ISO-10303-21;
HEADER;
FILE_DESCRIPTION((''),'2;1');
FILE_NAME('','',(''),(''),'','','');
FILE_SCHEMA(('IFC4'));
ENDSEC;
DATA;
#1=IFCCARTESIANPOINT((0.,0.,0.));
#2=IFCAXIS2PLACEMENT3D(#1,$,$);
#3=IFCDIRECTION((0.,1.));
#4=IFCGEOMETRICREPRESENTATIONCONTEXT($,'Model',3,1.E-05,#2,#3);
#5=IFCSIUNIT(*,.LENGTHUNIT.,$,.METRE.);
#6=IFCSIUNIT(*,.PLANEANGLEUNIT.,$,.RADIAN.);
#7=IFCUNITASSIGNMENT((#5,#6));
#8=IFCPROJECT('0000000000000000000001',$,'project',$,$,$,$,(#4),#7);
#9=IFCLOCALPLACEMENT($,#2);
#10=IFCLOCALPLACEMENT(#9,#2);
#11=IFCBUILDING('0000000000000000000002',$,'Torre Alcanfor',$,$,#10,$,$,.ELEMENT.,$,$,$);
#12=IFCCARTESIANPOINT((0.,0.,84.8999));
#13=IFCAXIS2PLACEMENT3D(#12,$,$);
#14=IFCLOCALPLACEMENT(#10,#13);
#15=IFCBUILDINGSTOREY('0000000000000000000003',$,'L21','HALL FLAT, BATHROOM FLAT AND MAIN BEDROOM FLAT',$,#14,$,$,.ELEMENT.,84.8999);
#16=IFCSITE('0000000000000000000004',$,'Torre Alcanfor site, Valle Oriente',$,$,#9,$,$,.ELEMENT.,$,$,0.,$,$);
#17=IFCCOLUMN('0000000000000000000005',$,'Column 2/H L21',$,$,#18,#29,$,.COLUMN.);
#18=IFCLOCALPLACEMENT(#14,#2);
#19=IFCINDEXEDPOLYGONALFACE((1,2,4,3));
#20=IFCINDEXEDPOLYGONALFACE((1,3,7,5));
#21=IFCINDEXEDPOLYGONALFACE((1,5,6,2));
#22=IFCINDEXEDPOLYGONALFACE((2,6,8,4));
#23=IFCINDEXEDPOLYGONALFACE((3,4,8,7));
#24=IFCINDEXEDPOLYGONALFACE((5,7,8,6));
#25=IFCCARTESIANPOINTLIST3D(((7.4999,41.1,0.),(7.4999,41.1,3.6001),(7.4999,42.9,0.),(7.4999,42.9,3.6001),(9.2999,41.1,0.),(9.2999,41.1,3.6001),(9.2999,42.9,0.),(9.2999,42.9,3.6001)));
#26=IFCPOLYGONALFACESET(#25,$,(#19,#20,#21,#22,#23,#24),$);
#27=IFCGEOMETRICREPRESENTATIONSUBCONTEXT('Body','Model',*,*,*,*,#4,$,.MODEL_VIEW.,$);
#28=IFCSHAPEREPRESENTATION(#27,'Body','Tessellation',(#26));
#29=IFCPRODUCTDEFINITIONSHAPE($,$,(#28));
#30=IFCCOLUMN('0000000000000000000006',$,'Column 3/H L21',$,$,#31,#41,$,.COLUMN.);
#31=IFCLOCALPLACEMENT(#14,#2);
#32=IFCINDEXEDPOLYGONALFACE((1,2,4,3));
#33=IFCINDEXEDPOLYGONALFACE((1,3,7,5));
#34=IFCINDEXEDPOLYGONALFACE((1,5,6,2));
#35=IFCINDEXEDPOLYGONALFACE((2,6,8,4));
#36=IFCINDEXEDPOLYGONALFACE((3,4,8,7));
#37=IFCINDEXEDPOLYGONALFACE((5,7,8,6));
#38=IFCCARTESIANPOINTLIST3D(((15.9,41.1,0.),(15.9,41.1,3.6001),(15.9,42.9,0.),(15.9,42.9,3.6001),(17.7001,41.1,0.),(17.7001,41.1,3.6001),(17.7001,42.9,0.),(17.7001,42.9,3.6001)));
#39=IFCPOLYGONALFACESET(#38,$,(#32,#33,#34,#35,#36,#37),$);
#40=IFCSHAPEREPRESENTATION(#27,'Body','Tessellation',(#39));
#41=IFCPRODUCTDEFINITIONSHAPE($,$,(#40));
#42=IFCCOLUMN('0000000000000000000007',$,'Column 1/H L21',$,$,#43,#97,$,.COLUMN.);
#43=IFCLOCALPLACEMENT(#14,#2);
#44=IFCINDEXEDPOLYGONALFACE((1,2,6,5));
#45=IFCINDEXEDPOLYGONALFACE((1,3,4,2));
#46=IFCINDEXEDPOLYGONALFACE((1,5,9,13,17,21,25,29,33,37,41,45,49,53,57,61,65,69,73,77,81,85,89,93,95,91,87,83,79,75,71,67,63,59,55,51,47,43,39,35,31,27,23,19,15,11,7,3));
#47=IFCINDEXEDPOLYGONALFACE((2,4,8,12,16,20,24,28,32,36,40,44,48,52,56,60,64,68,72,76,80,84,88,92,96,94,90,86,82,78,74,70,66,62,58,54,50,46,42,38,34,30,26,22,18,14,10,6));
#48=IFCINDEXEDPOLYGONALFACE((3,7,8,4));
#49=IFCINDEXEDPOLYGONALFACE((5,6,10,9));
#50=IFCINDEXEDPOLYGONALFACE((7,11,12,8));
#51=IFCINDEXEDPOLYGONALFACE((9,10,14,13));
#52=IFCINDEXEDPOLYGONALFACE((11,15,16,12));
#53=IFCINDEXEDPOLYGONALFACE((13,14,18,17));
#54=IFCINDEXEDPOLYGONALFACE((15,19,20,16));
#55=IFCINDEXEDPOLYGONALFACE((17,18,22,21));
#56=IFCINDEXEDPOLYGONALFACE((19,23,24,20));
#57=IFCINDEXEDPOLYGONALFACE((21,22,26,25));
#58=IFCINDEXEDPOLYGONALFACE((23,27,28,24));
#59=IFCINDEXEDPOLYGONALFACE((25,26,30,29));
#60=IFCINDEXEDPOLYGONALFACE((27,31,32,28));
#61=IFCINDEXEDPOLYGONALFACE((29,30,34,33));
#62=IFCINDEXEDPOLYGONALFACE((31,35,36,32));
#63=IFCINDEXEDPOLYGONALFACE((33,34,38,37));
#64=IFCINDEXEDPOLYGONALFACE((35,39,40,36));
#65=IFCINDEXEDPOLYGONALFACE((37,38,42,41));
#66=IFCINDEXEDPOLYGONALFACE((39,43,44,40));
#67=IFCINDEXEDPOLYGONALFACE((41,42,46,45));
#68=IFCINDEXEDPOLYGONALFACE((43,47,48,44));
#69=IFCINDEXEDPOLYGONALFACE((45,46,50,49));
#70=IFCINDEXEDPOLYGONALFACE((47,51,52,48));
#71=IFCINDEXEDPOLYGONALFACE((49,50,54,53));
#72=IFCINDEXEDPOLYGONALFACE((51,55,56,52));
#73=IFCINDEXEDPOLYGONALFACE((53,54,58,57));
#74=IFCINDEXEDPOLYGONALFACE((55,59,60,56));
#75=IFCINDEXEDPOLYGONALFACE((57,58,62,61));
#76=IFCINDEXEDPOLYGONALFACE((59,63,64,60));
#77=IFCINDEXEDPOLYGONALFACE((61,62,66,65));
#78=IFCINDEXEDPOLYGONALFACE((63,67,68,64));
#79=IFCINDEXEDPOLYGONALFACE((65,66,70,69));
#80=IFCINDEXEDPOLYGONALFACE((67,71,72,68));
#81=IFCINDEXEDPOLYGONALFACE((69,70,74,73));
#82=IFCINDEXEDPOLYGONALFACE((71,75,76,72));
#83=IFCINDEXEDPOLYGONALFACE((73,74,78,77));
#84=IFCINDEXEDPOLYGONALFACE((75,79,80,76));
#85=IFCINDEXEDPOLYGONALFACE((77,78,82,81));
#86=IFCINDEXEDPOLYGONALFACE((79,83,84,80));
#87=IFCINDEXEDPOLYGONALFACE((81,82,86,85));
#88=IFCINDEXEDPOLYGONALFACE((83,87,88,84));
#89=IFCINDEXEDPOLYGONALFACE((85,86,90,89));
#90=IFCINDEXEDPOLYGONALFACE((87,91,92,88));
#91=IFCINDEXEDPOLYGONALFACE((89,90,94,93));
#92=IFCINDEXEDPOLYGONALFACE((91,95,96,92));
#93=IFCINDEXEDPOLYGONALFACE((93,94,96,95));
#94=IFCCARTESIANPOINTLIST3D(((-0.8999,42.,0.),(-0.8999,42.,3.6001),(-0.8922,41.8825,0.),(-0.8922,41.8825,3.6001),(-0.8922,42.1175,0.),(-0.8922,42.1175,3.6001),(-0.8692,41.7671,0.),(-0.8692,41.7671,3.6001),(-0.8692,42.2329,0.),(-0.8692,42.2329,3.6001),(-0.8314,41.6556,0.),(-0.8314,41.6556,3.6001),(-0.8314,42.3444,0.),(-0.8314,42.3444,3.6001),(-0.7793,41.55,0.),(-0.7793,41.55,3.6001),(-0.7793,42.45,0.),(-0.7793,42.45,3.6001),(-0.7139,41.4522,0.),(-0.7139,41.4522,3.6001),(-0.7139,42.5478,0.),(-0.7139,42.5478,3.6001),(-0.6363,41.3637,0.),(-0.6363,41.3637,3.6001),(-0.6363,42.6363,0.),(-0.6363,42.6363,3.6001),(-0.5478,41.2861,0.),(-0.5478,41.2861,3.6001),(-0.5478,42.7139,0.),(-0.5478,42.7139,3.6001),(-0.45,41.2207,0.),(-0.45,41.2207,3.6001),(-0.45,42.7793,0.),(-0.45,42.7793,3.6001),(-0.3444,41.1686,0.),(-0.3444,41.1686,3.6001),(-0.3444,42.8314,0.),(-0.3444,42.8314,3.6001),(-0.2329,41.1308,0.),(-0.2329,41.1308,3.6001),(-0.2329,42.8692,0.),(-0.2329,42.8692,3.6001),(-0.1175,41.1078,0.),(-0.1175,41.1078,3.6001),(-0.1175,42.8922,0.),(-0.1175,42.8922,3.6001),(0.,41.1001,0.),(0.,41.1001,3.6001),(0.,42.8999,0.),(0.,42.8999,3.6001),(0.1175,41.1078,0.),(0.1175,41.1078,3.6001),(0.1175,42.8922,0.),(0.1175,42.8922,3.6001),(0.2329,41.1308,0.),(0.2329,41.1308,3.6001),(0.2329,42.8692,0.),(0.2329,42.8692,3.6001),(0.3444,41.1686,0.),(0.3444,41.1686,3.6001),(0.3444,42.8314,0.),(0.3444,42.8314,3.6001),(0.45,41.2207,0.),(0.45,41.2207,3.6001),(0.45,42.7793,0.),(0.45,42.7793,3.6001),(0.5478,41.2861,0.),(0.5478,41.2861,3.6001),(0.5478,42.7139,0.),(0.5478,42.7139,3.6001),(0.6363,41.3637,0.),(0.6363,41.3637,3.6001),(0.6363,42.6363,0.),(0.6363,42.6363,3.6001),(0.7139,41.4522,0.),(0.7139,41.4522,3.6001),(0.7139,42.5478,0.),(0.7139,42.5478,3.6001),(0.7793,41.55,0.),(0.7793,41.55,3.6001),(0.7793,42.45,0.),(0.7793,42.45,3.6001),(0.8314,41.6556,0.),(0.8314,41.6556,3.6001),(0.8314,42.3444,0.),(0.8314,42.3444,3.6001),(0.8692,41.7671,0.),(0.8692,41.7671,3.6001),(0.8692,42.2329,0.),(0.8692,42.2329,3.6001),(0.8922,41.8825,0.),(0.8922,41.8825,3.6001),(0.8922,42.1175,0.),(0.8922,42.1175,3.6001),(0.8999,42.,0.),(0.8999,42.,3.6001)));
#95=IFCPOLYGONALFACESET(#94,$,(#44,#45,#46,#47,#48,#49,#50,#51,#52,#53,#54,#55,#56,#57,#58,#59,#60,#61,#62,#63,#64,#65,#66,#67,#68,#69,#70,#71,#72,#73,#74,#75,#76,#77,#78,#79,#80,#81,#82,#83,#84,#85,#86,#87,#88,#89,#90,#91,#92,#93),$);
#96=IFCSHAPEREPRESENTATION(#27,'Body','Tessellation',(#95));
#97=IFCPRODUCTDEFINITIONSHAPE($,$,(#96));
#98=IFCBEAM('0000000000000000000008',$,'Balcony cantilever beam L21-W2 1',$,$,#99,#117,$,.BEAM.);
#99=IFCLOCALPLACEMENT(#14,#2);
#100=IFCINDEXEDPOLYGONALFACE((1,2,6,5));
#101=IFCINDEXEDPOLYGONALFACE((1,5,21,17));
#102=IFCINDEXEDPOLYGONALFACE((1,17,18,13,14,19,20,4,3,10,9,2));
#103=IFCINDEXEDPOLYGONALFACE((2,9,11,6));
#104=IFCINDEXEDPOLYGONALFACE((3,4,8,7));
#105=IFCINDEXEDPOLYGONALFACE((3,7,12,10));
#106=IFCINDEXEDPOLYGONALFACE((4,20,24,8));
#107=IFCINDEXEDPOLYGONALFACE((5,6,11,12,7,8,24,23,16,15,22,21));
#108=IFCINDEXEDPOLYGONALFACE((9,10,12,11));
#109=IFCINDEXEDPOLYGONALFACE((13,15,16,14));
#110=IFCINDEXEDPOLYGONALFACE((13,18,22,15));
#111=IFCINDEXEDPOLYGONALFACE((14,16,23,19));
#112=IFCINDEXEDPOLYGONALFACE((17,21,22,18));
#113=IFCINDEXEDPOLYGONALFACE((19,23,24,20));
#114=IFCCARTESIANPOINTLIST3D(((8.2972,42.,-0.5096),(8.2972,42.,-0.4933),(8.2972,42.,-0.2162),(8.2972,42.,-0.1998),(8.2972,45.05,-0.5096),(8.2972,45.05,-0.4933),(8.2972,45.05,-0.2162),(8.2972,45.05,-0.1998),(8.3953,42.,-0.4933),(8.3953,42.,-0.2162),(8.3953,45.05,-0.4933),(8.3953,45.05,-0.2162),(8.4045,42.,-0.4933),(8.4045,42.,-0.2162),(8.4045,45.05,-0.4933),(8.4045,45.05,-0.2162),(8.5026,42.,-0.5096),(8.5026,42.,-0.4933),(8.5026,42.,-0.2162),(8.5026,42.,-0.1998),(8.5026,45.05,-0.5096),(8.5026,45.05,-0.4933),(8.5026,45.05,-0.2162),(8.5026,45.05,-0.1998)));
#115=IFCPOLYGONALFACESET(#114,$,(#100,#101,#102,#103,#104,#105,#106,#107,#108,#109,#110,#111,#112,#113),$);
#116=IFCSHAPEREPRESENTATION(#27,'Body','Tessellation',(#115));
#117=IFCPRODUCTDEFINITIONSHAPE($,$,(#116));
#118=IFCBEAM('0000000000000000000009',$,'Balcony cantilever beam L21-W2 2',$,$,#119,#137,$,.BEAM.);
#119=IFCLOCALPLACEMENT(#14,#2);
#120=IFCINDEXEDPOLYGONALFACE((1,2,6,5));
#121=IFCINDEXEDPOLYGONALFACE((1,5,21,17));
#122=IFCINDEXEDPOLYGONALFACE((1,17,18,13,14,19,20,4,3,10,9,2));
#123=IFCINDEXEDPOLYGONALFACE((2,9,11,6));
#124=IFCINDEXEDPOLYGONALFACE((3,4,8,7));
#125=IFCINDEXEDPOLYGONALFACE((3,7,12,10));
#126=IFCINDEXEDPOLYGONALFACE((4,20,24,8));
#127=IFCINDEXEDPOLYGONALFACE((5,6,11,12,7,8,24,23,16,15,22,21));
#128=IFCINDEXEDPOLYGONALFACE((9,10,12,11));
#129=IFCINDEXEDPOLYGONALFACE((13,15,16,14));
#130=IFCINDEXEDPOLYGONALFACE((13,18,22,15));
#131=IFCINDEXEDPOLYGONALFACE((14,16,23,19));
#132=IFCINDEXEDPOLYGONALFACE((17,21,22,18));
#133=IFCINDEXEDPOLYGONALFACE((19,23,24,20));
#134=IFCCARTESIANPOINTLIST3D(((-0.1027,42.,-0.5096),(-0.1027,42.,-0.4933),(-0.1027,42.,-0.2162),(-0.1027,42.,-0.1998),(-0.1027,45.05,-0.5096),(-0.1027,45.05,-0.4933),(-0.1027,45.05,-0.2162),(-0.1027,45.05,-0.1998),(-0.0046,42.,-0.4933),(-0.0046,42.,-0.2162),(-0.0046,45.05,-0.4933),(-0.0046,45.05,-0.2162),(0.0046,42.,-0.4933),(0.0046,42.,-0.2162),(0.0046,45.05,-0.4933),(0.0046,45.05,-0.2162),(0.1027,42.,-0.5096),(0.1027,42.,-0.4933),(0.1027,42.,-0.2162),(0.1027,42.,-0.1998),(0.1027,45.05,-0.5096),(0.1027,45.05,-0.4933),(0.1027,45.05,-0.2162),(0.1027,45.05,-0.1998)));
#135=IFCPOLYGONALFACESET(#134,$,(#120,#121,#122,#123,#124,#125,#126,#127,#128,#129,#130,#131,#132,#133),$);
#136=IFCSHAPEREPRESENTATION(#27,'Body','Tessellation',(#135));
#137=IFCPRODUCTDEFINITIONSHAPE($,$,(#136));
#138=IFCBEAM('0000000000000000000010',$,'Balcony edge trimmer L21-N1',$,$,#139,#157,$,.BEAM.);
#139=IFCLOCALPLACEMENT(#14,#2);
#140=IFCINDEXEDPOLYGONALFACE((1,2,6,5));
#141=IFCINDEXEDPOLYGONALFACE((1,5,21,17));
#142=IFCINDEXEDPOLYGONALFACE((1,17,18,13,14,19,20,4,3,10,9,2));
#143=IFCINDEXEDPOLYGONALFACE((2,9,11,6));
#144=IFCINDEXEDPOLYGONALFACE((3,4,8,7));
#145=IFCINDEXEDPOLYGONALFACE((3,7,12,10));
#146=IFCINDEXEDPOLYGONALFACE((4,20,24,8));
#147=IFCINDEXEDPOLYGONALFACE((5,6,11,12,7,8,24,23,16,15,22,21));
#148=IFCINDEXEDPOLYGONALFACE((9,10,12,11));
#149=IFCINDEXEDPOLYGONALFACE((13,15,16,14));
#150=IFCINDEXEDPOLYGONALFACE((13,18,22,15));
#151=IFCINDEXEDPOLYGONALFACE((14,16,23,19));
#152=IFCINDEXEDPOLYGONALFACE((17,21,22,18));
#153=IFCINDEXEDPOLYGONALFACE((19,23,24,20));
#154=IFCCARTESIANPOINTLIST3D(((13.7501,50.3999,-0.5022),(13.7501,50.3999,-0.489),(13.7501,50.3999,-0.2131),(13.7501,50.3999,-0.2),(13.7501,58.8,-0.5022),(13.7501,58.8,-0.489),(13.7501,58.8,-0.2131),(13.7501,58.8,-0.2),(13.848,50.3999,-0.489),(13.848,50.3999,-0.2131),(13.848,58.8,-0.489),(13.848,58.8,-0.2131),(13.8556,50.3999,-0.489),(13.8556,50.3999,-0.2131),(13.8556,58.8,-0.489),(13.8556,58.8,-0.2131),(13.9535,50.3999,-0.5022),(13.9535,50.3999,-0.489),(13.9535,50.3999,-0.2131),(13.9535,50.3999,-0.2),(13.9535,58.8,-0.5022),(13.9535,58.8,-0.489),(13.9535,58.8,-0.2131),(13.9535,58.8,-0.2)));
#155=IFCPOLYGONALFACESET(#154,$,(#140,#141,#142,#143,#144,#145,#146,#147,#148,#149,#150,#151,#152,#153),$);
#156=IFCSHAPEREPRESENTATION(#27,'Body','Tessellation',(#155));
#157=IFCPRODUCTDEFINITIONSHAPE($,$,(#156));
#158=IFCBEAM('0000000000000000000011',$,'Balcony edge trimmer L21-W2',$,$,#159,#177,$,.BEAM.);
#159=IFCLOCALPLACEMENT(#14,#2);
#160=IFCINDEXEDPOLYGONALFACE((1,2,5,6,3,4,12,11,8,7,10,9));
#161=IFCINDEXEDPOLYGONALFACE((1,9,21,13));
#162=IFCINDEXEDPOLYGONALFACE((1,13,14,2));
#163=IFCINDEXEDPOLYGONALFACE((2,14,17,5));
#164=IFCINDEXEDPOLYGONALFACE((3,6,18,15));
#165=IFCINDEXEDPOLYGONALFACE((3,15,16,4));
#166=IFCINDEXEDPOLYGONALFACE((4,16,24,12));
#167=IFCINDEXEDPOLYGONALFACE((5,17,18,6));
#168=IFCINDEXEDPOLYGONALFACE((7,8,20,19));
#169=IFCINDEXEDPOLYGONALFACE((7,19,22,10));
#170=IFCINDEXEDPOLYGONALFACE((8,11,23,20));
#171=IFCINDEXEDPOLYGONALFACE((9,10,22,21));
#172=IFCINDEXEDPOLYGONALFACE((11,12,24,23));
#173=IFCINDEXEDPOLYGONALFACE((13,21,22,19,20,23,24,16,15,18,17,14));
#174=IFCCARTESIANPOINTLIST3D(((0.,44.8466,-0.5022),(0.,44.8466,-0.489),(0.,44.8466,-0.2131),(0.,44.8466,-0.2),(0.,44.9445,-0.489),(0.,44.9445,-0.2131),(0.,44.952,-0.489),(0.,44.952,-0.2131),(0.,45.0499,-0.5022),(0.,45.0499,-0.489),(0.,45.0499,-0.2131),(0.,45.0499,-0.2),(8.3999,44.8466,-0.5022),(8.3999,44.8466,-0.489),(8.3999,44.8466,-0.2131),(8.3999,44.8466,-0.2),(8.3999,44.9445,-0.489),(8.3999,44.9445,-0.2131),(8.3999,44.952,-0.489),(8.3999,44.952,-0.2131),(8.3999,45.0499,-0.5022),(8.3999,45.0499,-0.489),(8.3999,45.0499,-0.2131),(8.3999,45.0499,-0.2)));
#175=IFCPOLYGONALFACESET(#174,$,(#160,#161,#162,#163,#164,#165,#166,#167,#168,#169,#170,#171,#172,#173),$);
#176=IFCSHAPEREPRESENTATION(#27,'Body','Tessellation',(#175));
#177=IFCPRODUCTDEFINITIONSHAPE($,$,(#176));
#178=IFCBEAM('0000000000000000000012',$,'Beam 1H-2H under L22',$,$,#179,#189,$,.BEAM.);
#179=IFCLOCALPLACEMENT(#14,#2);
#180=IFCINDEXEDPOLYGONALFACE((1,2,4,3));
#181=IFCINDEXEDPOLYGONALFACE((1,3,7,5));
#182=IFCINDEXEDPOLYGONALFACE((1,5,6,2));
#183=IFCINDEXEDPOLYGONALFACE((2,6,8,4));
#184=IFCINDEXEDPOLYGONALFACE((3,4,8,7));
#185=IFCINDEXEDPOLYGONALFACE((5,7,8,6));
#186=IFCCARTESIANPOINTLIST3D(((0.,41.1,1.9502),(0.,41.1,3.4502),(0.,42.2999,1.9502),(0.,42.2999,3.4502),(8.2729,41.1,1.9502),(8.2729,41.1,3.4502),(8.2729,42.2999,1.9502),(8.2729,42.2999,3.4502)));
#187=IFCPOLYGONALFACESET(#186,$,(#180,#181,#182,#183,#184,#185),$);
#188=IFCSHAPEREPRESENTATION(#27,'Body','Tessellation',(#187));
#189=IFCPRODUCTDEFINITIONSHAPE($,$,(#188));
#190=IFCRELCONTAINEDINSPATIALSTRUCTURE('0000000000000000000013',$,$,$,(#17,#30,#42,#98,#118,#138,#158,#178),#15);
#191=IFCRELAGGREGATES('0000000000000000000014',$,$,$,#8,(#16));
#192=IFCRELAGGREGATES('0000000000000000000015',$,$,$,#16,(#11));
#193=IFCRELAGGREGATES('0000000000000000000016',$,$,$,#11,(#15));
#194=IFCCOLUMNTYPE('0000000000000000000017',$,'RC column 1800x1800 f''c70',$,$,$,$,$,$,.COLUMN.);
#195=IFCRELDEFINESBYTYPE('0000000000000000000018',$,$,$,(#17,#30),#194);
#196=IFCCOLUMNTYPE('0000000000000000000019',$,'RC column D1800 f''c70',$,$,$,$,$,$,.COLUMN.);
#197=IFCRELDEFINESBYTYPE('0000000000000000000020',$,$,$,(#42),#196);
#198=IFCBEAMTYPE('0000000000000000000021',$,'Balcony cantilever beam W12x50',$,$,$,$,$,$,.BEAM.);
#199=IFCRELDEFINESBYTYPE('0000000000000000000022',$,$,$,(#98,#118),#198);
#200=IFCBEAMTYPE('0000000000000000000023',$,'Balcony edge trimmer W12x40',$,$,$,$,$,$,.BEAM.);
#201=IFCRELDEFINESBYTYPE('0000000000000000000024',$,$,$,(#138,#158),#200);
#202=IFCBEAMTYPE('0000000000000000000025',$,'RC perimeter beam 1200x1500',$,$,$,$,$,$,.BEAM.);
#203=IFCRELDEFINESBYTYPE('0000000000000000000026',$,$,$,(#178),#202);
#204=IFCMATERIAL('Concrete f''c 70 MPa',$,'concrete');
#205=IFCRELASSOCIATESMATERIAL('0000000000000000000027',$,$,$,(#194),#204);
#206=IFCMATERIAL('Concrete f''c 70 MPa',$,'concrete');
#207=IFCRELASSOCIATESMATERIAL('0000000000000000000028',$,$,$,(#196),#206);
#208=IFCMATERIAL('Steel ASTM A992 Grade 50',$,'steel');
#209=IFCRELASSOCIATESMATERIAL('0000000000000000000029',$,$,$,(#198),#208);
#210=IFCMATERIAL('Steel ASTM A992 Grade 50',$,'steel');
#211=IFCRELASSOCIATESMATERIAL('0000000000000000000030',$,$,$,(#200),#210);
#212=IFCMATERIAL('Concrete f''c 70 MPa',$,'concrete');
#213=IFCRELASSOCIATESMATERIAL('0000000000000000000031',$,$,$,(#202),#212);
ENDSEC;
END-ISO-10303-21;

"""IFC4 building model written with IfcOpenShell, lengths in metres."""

from ifc_helpers import new_model, si_unit, direction, frame, origin, origin_2d, place, context, subcontext, project, spatial, rectangle, circle, i_section, extrude, material, material_profile, profile_set, type_object, element, save


model = new_model("IFC4")

# Units and contexts
model_context = context("Model", 3, precision=1e-05, world=origin(), true_north=direction((0.0, 1.0)))
body_context = subcontext(model_context, "Body", "Model", "MODEL_VIEW")
ifc_project = project(units=[si_unit("LENGTHUNIT", "METRE"), si_unit("PLANEANGLEUNIT", "RADIAN")], contexts=[model_context])

# Site, building, storey
site_placement = place(None, origin())
site = spatial("IfcSite", under=ifc_project, at=site_placement, Name="Torre Alcanfor site, Valle Oriente", CompositionType="ELEMENT", RefElevation=0.0)
building_placement = place(site_placement, origin())
building = spatial("IfcBuilding", under=site, at=building_placement, Name="Torre Alcanfor", CompositionType="ELEMENT")
storey_placement = place(building_placement, frame((0.0, 0.0, 84.8999)))
storey = spatial("IfcBuildingStorey", under=building, at=storey_placement, Name="L21", Description="HALL FLAT, BATHROOM FLAT AND MAIN BEDROOM FLAT", CompositionType="ELEMENT", Elevation=84.8999)

# Columns
ifc_material_1 = material(Name="Concrete f'c 70 MPa", Category="concrete")
ifc_material_profile_1 = material_profile(ifc_material_1, rectangle(XDim=1.8, YDim=1.8, at=origin_2d()), Name="1800x1800")
ifc_profile_set_1 = profile_set([ifc_material_profile_1], Name="Concrete f'c 70 MPa")
column_type_1 = type_object("IfcColumnType", Name="RC column 1800x1800 f'c70", PredefinedType="COLUMN", material=ifc_profile_set_1)
for number, where, z_axis, x_axis, name in (
    (1, (8.3999, 42.0, 0.0), (0.0, 0.0, 1.0), (1.0, 0.0, 0.0), "Column 2/H L21"),
    (2, (16.8, 42.0, 0.0), (0.0, 0.0, 1.0), (1.0, 0.0, 0.0), "Column 3/H L21"),
):
    element("IfcColumn", number, at=place(storey_placement, frame(where, z_axis=z_axis, x_axis=x_axis)), inside=storey, type_object=column_type_1, Name=name, PredefinedType="COLUMN", context=body_context, shape_type="SweptSolid", body=[
        extrude(rectangle(XDim=1.8, YDim=1.8, at=origin_2d()), origin(), (0.0, 0.0, 1.0), 3.6001),
    ])
ifc_material_2 = material(Name="Concrete f'c 70 MPa", Category="concrete")
ifc_material_profile_2 = material_profile(ifc_material_2, circle(Radius=0.8999, at=origin_2d()), Name="D1800")
ifc_profile_set_2 = profile_set([ifc_material_profile_2], Name="Concrete f'c 70 MPa")
column_type_2 = type_object("IfcColumnType", Name="RC column D1800 f'c70", PredefinedType="COLUMN", material=ifc_profile_set_2)
column_placement = place(storey_placement, frame((0.0, 42.0, 0.0), z_axis=(0.0, 0.0, 1.0), x_axis=(1.0, 0.0, 0.0)))
element("IfcColumn", 3, at=column_placement, inside=storey, type_object=column_type_2, Name="Column 1/H L21", PredefinedType="COLUMN", context=body_context, shape_type="SweptSolid", body=[
    extrude(circle(Radius=0.8999, at=origin_2d()), origin(), (0.0, 0.0, 1.0), 3.6001),
])

# Beams
ifc_material_3 = material(Name="Steel ASTM A992 Grade 50", Category="steel")
ifc_material_profile_3 = material_profile(ifc_material_3, i_section(OverallWidth=0.2053, OverallDepth=0.3098, WebThickness=0.0093, FlangeThickness=0.0164, at=origin_2d()), Name="W12x50")
ifc_profile_set_3 = profile_set([ifc_material_profile_3], Name="Steel ASTM A992 Grade 50")
beam_type_1 = type_object("IfcBeamType", Name="Balcony cantilever beam W12x50", PredefinedType="BEAM", material=ifc_profile_set_3)
for number, where, z_axis, x_axis, name in (
    (4, (8.3999, 42.0, -0.3547), (0.0, 1.0, 0.0), (-1.0, 0.0, 0.0), "Balcony cantilever beam L21-W2 1"),
    (5, (0.0, 42.0, -0.3547), (0.0, 1.0, 0.0), (-1.0, 0.0, 0.0), "Balcony cantilever beam L21-W2 2"),
):
    element("IfcBeam", number, at=place(storey_placement, frame(where, z_axis=z_axis, x_axis=x_axis)), inside=storey, type_object=beam_type_1, Name=name, PredefinedType="BEAM", context=body_context, shape_type="SweptSolid", body=[
        extrude(i_section(OverallWidth=0.2053, OverallDepth=0.3098, WebThickness=0.0093, FlangeThickness=0.0164, at=origin_2d()), origin(), (0.0, 0.0, 1.0), 3.05),
    ])
ifc_material_4 = material(Name="Steel ASTM A992 Grade 50", Category="steel")
ifc_material_profile_4 = material_profile(ifc_material_4, i_section(OverallWidth=0.2034, OverallDepth=0.3022, WebThickness=0.0076, FlangeThickness=0.0132, at=origin_2d()), Name="W12x40")
ifc_profile_set_4 = profile_set([ifc_material_profile_4], Name="Steel ASTM A992 Grade 50")
beam_type_2 = type_object("IfcBeamType", Name="Balcony edge trimmer W12x40", PredefinedType="BEAM", material=ifc_profile_set_4)
beam_1_placement = place(storey_placement, frame((13.8518, 50.3999, -0.3511), z_axis=(0.0, 1.0, 0.0), x_axis=(-1.0, 0.0, 0.0)))
element("IfcBeam", 6, at=beam_1_placement, inside=storey, type_object=beam_type_2, Name="Balcony edge trimmer L21-N1", PredefinedType="BEAM", context=body_context, shape_type="SweptSolid", body=[
    extrude(i_section(OverallWidth=0.2034, OverallDepth=0.3022, WebThickness=0.0076, FlangeThickness=0.0132, at=origin_2d()), origin(), (0.0, 0.0, 1.0), 8.4001),
])
beam_2_placement = place(storey_placement, frame((8.3999, 44.9482, -0.3511), z_axis=(-1.0, 0.0, 0.0), x_axis=(0.0, -1.0, 0.0)))
element("IfcBeam", 7, at=beam_2_placement, inside=storey, type_object=beam_type_2, Name="Balcony edge trimmer L21-W2", PredefinedType="BEAM", context=body_context, shape_type="SweptSolid", body=[
    extrude(i_section(OverallWidth=0.2034, OverallDepth=0.3022, WebThickness=0.0076, FlangeThickness=0.0132, at=origin_2d()), origin(), (0.0, 0.0, 1.0), 8.3999),
])
ifc_material_5 = material(Name="Concrete f'c 70 MPa", Category="concrete")
ifc_material_profile_5 = material_profile(ifc_material_5, rectangle(XDim=1.2, YDim=1.5, at=origin_2d()), Name="1200x1500")
ifc_profile_set_5 = profile_set([ifc_material_profile_5], Name="Concrete f'c 70 MPa")
beam_type_3 = type_object("IfcBeamType", Name="RC perimeter beam 1200x1500", PredefinedType="BEAM", material=ifc_profile_set_5)
beam_3_placement = place(storey_placement, frame((0.0, 41.7, 2.7002), z_axis=(1.0, 0.0, 0.0), x_axis=(0.0, 1.0, 0.0)))
element("IfcBeam", 8, at=beam_3_placement, inside=storey, type_object=beam_type_3, Name="Beam 1H-2H under L22", PredefinedType="BEAM", context=body_context, shape_type="SweptSolid", body=[
    extrude(rectangle(XDim=1.2, YDim=1.5, at=origin_2d()), origin(), (0.0, 0.0, 1.0), 8.2729),
])

save(model, "model.ifc")
